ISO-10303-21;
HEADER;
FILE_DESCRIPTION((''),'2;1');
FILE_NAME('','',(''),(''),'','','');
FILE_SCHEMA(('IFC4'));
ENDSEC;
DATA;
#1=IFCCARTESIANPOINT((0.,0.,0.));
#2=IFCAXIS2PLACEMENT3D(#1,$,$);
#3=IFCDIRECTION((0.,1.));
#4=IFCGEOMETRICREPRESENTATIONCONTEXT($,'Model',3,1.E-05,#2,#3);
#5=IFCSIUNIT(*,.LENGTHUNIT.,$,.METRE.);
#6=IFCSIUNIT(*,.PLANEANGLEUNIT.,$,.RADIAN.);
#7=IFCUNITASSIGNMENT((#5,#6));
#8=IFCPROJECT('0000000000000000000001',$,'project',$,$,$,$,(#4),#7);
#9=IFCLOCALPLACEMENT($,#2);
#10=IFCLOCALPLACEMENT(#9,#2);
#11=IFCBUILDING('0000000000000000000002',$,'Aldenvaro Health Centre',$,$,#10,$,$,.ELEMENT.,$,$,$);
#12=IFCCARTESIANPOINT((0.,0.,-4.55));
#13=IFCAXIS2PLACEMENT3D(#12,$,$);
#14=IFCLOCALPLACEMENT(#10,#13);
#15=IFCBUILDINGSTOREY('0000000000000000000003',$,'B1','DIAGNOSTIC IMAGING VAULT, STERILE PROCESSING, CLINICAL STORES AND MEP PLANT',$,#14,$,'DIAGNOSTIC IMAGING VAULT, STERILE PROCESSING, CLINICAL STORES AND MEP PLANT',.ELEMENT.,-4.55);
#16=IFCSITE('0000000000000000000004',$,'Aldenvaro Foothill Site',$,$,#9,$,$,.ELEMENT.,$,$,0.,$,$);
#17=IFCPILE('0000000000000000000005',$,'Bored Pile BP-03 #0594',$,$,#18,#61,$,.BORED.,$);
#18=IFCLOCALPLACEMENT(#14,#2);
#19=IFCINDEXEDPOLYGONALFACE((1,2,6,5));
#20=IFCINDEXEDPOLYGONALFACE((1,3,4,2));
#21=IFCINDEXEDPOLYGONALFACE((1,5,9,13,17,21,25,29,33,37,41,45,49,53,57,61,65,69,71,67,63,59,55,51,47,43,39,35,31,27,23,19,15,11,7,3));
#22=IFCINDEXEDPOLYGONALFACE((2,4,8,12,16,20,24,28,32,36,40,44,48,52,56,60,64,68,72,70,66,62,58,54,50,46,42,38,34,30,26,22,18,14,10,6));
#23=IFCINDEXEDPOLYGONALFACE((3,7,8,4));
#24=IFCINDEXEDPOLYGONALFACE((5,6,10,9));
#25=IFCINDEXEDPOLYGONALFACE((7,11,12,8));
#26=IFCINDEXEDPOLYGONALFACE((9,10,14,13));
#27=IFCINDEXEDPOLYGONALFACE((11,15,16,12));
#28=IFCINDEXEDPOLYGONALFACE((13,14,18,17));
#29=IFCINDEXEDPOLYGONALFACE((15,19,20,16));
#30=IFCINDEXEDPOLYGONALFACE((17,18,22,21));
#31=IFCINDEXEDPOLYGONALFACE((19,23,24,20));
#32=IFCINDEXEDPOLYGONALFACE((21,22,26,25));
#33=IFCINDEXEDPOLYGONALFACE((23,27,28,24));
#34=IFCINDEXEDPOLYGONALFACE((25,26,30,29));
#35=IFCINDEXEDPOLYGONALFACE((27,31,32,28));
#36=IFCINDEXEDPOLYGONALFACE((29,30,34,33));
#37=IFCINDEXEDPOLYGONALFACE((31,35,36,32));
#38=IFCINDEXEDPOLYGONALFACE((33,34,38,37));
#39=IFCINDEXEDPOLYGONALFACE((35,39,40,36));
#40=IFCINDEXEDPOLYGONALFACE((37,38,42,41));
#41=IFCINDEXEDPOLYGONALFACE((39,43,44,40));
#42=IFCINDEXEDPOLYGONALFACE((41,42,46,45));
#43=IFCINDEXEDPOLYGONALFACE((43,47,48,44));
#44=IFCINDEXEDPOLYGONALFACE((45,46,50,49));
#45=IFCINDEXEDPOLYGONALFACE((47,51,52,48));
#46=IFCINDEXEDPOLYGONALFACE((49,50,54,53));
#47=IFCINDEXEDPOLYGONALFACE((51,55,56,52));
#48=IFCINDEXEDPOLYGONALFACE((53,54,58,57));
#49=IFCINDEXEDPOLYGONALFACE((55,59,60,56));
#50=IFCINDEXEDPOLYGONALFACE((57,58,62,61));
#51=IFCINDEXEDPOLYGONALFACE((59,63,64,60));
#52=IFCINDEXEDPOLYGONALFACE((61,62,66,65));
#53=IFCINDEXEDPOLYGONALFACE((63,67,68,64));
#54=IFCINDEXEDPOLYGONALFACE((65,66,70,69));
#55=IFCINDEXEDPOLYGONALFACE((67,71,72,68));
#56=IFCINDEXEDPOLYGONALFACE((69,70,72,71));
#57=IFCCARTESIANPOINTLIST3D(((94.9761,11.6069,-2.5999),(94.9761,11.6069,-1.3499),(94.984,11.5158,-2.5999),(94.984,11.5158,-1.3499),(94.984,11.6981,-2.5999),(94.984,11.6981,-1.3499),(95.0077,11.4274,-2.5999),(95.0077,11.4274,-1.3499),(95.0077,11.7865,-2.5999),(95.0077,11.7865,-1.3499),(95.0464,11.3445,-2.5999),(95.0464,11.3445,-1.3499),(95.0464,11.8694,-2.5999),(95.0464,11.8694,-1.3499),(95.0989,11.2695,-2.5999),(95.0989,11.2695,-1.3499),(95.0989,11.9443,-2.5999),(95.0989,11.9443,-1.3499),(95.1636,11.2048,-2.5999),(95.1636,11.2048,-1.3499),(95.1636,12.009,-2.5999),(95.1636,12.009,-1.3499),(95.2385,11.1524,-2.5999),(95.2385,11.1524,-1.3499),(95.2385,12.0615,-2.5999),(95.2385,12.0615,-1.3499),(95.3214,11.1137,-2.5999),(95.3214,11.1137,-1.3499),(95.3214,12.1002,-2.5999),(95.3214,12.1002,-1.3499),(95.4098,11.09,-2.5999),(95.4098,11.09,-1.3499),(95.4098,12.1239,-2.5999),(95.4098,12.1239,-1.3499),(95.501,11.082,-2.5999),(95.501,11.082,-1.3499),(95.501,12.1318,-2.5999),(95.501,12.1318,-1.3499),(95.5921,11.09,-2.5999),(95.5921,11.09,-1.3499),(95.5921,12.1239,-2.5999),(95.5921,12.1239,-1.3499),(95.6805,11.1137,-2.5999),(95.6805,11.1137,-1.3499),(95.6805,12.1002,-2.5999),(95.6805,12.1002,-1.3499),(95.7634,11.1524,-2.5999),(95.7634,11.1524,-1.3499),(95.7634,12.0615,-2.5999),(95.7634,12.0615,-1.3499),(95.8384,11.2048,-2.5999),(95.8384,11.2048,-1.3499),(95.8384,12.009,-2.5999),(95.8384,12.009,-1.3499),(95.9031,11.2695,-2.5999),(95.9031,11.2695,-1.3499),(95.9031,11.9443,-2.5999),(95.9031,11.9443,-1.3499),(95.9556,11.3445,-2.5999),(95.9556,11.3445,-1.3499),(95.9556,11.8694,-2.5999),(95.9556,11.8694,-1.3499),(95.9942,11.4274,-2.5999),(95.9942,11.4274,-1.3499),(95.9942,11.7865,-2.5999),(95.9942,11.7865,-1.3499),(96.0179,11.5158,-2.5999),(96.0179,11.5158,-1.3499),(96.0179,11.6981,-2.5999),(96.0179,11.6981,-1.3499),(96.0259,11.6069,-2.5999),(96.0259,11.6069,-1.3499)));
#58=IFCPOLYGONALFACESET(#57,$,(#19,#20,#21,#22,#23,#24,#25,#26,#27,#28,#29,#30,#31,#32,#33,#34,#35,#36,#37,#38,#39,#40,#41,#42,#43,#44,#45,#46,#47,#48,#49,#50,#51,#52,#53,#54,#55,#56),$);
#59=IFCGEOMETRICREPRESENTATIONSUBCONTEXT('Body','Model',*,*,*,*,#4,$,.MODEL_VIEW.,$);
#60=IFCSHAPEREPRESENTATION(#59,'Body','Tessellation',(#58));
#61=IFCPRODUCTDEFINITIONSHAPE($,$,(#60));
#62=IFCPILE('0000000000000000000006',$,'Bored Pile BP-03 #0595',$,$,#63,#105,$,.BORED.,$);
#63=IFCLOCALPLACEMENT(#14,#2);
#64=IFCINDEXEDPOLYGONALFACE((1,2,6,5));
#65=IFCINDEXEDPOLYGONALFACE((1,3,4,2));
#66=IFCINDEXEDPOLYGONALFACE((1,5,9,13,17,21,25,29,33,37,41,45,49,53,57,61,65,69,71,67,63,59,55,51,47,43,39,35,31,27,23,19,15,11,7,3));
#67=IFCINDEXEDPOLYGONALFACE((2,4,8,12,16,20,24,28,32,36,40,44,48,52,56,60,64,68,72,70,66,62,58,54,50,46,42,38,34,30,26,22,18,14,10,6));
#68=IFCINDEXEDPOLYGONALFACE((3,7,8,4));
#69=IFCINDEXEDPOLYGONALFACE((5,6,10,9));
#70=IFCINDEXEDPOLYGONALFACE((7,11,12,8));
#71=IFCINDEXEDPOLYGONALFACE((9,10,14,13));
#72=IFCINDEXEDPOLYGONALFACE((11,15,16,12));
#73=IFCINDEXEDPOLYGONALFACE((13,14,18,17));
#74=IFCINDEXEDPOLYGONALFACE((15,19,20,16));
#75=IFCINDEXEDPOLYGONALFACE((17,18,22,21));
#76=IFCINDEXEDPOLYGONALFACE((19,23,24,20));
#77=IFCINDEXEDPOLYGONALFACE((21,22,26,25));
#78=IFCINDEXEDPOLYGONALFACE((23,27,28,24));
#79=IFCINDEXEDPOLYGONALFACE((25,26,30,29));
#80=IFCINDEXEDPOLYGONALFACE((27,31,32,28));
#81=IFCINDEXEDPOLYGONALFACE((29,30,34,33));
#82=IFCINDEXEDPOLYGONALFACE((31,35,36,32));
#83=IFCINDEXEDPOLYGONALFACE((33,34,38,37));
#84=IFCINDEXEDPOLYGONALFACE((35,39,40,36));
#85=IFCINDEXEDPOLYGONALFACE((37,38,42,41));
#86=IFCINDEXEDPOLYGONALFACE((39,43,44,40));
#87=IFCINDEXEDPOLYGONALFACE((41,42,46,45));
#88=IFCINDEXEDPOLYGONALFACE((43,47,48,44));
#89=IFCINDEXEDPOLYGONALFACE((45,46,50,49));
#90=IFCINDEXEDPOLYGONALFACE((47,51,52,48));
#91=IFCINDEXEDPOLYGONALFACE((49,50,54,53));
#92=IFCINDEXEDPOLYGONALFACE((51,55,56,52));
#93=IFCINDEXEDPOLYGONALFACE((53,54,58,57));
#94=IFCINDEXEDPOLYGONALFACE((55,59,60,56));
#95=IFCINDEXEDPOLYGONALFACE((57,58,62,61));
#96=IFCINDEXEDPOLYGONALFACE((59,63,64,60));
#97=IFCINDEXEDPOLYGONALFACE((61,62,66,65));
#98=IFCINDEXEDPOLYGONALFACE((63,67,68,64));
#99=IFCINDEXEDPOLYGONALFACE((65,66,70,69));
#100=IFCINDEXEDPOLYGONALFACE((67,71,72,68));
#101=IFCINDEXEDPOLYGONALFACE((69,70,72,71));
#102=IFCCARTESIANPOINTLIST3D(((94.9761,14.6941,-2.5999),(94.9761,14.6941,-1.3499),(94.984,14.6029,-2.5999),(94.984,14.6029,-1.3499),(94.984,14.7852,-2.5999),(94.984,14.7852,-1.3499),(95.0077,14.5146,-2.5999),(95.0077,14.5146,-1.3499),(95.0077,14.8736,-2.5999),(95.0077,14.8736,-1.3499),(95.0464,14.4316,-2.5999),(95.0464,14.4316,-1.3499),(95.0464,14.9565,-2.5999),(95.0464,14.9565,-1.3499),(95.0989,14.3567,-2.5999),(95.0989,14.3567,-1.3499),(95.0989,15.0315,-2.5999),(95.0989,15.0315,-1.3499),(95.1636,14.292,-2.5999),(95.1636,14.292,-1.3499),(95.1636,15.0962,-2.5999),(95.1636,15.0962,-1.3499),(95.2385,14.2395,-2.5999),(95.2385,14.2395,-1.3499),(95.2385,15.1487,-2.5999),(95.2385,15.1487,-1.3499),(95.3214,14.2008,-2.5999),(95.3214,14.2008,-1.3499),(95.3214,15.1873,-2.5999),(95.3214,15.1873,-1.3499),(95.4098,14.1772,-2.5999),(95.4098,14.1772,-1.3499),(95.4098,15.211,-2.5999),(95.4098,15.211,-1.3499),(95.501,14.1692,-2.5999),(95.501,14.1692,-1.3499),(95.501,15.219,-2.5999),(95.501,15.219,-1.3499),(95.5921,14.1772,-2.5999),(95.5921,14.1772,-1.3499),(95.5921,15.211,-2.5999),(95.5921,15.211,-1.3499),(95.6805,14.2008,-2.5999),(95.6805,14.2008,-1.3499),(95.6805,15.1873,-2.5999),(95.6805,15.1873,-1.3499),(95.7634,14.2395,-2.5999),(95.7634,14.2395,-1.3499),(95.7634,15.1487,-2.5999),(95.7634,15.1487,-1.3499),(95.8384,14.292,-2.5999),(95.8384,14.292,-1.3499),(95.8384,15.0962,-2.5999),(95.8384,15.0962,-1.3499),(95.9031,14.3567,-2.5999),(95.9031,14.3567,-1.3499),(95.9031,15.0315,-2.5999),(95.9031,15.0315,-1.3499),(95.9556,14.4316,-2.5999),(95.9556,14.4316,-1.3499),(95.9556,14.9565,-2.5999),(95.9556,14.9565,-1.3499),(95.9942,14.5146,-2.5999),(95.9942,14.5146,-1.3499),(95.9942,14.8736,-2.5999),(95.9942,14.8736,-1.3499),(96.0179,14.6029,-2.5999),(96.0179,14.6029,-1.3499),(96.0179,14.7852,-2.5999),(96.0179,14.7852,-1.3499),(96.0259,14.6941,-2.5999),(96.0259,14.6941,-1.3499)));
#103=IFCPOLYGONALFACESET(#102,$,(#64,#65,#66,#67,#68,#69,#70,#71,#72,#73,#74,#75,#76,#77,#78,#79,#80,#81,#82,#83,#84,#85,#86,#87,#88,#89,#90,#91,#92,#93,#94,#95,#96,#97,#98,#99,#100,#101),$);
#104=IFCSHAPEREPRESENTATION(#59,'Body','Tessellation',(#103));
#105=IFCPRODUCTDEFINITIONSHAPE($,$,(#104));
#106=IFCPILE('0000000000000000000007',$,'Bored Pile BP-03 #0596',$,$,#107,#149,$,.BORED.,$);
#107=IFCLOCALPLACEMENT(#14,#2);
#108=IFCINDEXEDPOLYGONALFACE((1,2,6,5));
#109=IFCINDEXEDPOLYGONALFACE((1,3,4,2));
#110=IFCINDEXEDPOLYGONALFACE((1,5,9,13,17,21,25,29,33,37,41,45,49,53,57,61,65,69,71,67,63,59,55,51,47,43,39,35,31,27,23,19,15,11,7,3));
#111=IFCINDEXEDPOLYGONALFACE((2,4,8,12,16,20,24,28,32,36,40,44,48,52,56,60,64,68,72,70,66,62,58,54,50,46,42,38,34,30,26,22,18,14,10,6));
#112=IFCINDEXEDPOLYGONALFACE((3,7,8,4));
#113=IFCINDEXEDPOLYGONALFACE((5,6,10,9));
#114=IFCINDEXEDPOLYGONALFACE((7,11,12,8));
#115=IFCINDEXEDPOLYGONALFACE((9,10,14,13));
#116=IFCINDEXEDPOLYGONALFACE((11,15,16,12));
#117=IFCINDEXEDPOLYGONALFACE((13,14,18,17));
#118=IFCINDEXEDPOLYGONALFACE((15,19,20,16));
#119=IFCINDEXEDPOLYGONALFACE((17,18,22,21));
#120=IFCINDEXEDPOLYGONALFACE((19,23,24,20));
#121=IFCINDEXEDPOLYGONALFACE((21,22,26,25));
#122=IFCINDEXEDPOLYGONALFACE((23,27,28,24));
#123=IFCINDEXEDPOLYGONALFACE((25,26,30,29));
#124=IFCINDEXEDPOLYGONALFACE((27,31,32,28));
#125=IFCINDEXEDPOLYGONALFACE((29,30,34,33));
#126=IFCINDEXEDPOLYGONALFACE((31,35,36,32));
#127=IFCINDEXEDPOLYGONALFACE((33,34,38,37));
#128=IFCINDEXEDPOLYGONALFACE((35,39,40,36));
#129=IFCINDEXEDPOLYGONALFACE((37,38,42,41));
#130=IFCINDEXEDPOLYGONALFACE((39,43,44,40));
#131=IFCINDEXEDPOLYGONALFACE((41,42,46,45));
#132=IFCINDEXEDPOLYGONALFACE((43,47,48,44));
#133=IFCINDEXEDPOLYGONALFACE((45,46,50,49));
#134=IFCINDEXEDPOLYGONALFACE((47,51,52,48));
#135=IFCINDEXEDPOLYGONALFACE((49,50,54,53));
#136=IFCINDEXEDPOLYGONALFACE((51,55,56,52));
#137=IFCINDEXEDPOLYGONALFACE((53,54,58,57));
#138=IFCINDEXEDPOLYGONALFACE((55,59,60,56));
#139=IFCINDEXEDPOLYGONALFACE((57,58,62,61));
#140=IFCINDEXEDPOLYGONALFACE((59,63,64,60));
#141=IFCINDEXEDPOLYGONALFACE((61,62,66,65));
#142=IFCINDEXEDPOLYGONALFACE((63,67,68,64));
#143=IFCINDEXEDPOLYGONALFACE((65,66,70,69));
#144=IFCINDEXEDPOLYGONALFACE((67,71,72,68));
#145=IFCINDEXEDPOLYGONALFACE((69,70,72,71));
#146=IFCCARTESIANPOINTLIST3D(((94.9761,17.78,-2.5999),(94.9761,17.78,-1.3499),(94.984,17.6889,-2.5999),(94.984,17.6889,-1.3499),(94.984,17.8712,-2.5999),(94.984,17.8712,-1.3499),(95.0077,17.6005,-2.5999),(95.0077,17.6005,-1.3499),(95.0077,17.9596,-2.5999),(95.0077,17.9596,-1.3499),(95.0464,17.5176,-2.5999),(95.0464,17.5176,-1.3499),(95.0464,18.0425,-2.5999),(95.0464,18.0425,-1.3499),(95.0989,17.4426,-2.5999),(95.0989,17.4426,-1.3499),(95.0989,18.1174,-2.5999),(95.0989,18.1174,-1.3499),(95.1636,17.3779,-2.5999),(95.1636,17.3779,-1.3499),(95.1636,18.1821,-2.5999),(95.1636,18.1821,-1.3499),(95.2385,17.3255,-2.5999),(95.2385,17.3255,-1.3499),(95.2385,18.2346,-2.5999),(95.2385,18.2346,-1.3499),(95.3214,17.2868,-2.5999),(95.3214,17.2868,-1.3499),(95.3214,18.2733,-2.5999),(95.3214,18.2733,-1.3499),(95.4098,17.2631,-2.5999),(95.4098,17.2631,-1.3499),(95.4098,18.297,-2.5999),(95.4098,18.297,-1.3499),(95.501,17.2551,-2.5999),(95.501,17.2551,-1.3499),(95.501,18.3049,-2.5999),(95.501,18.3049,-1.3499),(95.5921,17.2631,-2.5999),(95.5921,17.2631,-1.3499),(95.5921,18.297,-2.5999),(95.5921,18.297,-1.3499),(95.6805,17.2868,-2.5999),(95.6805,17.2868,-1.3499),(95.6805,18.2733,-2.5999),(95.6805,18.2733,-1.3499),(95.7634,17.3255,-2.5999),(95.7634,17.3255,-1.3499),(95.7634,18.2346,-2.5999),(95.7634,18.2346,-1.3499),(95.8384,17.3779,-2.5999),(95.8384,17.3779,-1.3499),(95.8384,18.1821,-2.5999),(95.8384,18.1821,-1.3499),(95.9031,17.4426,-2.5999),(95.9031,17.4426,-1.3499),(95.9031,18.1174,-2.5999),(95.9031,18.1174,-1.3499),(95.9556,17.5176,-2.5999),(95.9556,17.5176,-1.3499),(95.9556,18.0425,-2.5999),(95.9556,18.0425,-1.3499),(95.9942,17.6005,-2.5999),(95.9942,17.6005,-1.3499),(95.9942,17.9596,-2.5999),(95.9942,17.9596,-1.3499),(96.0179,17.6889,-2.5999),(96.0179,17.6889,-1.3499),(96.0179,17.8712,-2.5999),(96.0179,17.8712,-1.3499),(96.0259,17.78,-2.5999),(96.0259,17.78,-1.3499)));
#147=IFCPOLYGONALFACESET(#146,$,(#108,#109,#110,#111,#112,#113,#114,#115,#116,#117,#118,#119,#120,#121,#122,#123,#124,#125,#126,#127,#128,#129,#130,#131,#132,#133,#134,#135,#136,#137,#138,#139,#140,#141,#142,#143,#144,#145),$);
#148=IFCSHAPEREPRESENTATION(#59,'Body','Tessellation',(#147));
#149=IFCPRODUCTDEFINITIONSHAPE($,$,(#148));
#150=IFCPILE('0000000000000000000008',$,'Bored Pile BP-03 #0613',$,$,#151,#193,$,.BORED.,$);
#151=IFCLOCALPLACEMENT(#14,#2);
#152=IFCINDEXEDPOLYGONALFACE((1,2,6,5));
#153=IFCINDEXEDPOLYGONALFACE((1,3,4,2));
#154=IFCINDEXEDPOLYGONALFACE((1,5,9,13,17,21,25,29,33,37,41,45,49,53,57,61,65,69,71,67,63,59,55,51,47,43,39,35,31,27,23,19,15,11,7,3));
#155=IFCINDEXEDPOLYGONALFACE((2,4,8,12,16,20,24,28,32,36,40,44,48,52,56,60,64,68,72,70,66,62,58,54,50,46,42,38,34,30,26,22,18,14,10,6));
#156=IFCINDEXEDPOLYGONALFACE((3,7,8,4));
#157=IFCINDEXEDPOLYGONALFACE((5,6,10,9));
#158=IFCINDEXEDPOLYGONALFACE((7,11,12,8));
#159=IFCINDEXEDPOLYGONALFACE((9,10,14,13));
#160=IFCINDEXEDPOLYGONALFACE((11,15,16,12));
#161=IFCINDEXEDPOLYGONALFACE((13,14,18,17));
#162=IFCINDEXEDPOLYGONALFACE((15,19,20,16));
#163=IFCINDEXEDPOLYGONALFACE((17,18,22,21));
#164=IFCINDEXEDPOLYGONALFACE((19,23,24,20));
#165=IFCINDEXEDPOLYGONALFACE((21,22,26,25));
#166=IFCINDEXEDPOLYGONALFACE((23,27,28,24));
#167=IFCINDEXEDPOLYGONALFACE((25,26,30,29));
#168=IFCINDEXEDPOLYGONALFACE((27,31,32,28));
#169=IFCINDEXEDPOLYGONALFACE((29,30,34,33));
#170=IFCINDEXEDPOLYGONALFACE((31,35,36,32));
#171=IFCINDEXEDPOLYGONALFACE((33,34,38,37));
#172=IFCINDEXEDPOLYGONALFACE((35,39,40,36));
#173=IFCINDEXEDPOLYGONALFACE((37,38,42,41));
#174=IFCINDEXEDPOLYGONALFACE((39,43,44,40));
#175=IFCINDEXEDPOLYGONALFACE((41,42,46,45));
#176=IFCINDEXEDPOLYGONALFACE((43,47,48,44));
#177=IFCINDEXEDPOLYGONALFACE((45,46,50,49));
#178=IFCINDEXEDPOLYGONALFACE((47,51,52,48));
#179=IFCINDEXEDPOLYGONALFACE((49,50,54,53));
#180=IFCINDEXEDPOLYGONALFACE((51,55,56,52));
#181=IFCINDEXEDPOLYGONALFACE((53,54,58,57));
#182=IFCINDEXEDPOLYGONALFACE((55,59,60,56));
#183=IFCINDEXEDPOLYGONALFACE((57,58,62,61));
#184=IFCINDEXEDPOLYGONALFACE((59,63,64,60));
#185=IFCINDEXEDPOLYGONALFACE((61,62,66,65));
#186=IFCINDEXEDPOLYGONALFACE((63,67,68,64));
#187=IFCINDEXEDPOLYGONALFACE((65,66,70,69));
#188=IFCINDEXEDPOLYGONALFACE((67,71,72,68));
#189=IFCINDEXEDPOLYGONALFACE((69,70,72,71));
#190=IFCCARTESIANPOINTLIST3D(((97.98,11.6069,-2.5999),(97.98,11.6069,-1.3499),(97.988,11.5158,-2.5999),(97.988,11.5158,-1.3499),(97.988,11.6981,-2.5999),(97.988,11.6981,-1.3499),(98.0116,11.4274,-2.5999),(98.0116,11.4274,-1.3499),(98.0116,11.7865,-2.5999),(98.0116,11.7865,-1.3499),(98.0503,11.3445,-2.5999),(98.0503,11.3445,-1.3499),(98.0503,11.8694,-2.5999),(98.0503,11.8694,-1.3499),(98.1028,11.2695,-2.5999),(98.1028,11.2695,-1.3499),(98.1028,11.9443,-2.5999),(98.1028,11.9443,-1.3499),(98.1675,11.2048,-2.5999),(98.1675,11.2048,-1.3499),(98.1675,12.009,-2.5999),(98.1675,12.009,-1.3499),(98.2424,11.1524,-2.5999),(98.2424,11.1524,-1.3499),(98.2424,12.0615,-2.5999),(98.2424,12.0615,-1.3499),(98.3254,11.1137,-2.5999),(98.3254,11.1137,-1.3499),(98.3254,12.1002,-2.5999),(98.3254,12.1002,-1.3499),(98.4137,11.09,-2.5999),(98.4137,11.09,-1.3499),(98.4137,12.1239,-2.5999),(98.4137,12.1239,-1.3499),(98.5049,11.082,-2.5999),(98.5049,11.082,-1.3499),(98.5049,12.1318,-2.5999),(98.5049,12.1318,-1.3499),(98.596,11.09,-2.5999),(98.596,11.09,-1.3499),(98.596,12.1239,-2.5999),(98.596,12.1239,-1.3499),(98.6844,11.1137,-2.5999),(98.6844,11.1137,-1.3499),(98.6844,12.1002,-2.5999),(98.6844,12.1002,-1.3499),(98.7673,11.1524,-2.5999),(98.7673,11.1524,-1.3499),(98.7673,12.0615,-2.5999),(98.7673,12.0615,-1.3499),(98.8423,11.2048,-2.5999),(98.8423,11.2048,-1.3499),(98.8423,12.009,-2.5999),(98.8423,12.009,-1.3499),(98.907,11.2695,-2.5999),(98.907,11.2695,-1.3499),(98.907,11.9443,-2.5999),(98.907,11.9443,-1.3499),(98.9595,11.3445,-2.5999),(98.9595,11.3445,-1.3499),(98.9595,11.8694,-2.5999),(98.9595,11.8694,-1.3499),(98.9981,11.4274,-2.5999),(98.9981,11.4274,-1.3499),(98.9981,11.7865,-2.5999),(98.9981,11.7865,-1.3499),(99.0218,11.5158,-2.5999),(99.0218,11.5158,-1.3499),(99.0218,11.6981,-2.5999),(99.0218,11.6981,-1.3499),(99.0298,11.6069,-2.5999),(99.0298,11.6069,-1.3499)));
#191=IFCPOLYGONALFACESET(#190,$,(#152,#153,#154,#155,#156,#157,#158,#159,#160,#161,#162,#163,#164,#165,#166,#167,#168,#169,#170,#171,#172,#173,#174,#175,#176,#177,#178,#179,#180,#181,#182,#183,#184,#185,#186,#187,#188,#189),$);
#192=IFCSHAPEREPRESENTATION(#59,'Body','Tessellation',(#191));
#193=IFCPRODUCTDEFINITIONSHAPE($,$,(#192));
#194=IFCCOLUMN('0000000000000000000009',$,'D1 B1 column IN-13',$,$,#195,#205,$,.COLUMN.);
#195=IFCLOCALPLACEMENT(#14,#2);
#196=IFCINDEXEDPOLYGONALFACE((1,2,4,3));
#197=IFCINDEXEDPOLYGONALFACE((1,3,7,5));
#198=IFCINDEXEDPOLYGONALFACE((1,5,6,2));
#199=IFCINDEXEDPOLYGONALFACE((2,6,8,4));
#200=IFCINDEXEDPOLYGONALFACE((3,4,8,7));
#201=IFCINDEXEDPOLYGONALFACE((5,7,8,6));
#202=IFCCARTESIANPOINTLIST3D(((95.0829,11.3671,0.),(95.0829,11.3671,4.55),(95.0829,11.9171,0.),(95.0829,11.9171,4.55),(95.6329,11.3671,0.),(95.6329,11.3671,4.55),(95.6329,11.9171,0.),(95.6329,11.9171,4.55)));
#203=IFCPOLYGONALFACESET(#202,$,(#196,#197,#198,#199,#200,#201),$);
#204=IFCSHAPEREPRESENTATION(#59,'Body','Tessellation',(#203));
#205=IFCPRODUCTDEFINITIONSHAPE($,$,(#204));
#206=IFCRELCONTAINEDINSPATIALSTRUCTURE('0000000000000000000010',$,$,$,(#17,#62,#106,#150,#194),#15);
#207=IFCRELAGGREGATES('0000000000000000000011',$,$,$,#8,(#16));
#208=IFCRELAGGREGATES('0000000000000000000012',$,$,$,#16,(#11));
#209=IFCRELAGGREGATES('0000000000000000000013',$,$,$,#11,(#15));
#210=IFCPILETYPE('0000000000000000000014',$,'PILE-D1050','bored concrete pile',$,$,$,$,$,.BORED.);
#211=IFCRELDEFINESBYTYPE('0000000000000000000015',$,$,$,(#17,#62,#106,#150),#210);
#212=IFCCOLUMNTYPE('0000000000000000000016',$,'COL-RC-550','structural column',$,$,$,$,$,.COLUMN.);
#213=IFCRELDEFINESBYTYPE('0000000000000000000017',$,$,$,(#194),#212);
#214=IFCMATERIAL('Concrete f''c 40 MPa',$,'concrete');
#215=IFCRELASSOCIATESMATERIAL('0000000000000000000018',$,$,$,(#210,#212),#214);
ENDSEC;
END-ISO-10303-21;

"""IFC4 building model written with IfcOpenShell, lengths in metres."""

from ifc_helpers import new_model, si_unit, direction, frame, origin, origin_2d, place, context, subcontext, project, spatial, rectangle, circle, extrude, material, material_profile, profile_set, type_object, element, save


model = new_model("IFC4")

# Units and contexts
model_context = context("Model", 3, precision=1e-05, world=origin(), true_north=direction((0.0, 1.0)))
body_context = subcontext(model_context, "Body", "Model", "MODEL_VIEW")
ifc_project = project(units=[si_unit("LENGTHUNIT", "METRE"), si_unit("PLANEANGLEUNIT", "RADIAN")], contexts=[model_context])

# Site, building, storey
site_placement = place(None, origin())
site = spatial("IfcSite", under=ifc_project, at=site_placement, Name="Aldenvaro Foothill Site", CompositionType="ELEMENT", RefElevation=0.0)
building_placement = place(site_placement, origin())
building = spatial("IfcBuilding", under=site, at=building_placement, Name="Aldenvaro Health Centre", CompositionType="ELEMENT")
storey_placement = place(building_placement, frame((0.0, 0.0, -4.55)))
storey = spatial("IfcBuildingStorey", under=building, at=storey_placement, Name="B1", Description="DIAGNOSTIC IMAGING VAULT, STERILE PROCESSING, CLINICAL STORES AND MEP PLANT", LongName="DIAGNOSTIC IMAGING VAULT, STERILE PROCESSING, CLINICAL STORES AND MEP PLANT", CompositionType="ELEMENT", Elevation=-4.55)

# Piles
ifc_material_1 = material(Name="Concrete f'c 40 MPa", Category="concrete")
ifc_material_profile_1 = material_profile(ifc_material_1, circle(Radius=0.5249, at=origin_2d()), Name="PILE D1050", Category="concrete")
ifc_profile_set_1 = profile_set([ifc_material_profile_1], Name="Concrete f'c 40 MPa")
pile_type = type_object("IfcPileType", Name="PILE-D1050", Description="bored concrete pile", PredefinedType="BORED", material=ifc_profile_set_1)
for number, where, z_axis, x_axis, name in (
    (1, (95.501, 11.6069, -1.3499), (0.0, 0.0, -1.0), (1.0, 0.0, 0.0), "Bored Pile BP-03 #0594"),
    (2, (95.501, 14.6941, -1.3499), (0.0, 0.0, -1.0), (1.0, 0.0, 0.0), "Bored Pile BP-03 #0595"),
    (3, (95.501, 17.78, -1.3499), (0.0, 0.0, -1.0), (1.0, 0.0, 0.0), "Bored Pile BP-03 #0596"),
    (4, (98.5049, 11.6069, -1.3499), (0.0, 0.0, -1.0), (1.0, 0.0, 0.0), "Bored Pile BP-03 #0613"),
):
    element("IfcPile", number, at=place(storey_placement, frame(where, z_axis=z_axis, x_axis=x_axis)), inside=storey, type_object=pile_type, Name=name, PredefinedType="BORED", context=body_context, shape_type="SweptSolid", body=[
        extrude(circle(Radius=0.5249, at=origin_2d()), origin(), (0.0, 0.0, 1.0), 1.25),
    ])

# Column
ifc_material_profile_2 = material_profile(ifc_material_1, rectangle(XDim=0.55, YDim=0.55, at=origin_2d()), Name="RC 550x550", Category="concrete")
ifc_profile_set_2 = profile_set([ifc_material_profile_2], Name="Concrete f'c 40 MPa")
column_type = type_object("IfcColumnType", Name="COL-RC-550", Description="structural column", PredefinedType="COLUMN", material=ifc_profile_set_2)
for number, where, z_axis, x_axis, name in (
    (5, (95.3579, 11.6421, 0.0), (0.0, 0.0, 1.0), (1.0, 0.0, 0.0), "D1 B1 column IN-13"),
):
    element("IfcColumn", number, at=place(storey_placement, frame(where, z_axis=z_axis, x_axis=x_axis)), inside=storey, type_object=column_type, Name=name, PredefinedType="COLUMN", context=body_context, shape_type="SweptSolid", body=[
        extrude(rectangle(XDim=0.55, YDim=0.55, at=origin_2d()), origin(), (0.0, 0.0, 1.0), 4.55),
    ])

save(model, "model.ifc")
